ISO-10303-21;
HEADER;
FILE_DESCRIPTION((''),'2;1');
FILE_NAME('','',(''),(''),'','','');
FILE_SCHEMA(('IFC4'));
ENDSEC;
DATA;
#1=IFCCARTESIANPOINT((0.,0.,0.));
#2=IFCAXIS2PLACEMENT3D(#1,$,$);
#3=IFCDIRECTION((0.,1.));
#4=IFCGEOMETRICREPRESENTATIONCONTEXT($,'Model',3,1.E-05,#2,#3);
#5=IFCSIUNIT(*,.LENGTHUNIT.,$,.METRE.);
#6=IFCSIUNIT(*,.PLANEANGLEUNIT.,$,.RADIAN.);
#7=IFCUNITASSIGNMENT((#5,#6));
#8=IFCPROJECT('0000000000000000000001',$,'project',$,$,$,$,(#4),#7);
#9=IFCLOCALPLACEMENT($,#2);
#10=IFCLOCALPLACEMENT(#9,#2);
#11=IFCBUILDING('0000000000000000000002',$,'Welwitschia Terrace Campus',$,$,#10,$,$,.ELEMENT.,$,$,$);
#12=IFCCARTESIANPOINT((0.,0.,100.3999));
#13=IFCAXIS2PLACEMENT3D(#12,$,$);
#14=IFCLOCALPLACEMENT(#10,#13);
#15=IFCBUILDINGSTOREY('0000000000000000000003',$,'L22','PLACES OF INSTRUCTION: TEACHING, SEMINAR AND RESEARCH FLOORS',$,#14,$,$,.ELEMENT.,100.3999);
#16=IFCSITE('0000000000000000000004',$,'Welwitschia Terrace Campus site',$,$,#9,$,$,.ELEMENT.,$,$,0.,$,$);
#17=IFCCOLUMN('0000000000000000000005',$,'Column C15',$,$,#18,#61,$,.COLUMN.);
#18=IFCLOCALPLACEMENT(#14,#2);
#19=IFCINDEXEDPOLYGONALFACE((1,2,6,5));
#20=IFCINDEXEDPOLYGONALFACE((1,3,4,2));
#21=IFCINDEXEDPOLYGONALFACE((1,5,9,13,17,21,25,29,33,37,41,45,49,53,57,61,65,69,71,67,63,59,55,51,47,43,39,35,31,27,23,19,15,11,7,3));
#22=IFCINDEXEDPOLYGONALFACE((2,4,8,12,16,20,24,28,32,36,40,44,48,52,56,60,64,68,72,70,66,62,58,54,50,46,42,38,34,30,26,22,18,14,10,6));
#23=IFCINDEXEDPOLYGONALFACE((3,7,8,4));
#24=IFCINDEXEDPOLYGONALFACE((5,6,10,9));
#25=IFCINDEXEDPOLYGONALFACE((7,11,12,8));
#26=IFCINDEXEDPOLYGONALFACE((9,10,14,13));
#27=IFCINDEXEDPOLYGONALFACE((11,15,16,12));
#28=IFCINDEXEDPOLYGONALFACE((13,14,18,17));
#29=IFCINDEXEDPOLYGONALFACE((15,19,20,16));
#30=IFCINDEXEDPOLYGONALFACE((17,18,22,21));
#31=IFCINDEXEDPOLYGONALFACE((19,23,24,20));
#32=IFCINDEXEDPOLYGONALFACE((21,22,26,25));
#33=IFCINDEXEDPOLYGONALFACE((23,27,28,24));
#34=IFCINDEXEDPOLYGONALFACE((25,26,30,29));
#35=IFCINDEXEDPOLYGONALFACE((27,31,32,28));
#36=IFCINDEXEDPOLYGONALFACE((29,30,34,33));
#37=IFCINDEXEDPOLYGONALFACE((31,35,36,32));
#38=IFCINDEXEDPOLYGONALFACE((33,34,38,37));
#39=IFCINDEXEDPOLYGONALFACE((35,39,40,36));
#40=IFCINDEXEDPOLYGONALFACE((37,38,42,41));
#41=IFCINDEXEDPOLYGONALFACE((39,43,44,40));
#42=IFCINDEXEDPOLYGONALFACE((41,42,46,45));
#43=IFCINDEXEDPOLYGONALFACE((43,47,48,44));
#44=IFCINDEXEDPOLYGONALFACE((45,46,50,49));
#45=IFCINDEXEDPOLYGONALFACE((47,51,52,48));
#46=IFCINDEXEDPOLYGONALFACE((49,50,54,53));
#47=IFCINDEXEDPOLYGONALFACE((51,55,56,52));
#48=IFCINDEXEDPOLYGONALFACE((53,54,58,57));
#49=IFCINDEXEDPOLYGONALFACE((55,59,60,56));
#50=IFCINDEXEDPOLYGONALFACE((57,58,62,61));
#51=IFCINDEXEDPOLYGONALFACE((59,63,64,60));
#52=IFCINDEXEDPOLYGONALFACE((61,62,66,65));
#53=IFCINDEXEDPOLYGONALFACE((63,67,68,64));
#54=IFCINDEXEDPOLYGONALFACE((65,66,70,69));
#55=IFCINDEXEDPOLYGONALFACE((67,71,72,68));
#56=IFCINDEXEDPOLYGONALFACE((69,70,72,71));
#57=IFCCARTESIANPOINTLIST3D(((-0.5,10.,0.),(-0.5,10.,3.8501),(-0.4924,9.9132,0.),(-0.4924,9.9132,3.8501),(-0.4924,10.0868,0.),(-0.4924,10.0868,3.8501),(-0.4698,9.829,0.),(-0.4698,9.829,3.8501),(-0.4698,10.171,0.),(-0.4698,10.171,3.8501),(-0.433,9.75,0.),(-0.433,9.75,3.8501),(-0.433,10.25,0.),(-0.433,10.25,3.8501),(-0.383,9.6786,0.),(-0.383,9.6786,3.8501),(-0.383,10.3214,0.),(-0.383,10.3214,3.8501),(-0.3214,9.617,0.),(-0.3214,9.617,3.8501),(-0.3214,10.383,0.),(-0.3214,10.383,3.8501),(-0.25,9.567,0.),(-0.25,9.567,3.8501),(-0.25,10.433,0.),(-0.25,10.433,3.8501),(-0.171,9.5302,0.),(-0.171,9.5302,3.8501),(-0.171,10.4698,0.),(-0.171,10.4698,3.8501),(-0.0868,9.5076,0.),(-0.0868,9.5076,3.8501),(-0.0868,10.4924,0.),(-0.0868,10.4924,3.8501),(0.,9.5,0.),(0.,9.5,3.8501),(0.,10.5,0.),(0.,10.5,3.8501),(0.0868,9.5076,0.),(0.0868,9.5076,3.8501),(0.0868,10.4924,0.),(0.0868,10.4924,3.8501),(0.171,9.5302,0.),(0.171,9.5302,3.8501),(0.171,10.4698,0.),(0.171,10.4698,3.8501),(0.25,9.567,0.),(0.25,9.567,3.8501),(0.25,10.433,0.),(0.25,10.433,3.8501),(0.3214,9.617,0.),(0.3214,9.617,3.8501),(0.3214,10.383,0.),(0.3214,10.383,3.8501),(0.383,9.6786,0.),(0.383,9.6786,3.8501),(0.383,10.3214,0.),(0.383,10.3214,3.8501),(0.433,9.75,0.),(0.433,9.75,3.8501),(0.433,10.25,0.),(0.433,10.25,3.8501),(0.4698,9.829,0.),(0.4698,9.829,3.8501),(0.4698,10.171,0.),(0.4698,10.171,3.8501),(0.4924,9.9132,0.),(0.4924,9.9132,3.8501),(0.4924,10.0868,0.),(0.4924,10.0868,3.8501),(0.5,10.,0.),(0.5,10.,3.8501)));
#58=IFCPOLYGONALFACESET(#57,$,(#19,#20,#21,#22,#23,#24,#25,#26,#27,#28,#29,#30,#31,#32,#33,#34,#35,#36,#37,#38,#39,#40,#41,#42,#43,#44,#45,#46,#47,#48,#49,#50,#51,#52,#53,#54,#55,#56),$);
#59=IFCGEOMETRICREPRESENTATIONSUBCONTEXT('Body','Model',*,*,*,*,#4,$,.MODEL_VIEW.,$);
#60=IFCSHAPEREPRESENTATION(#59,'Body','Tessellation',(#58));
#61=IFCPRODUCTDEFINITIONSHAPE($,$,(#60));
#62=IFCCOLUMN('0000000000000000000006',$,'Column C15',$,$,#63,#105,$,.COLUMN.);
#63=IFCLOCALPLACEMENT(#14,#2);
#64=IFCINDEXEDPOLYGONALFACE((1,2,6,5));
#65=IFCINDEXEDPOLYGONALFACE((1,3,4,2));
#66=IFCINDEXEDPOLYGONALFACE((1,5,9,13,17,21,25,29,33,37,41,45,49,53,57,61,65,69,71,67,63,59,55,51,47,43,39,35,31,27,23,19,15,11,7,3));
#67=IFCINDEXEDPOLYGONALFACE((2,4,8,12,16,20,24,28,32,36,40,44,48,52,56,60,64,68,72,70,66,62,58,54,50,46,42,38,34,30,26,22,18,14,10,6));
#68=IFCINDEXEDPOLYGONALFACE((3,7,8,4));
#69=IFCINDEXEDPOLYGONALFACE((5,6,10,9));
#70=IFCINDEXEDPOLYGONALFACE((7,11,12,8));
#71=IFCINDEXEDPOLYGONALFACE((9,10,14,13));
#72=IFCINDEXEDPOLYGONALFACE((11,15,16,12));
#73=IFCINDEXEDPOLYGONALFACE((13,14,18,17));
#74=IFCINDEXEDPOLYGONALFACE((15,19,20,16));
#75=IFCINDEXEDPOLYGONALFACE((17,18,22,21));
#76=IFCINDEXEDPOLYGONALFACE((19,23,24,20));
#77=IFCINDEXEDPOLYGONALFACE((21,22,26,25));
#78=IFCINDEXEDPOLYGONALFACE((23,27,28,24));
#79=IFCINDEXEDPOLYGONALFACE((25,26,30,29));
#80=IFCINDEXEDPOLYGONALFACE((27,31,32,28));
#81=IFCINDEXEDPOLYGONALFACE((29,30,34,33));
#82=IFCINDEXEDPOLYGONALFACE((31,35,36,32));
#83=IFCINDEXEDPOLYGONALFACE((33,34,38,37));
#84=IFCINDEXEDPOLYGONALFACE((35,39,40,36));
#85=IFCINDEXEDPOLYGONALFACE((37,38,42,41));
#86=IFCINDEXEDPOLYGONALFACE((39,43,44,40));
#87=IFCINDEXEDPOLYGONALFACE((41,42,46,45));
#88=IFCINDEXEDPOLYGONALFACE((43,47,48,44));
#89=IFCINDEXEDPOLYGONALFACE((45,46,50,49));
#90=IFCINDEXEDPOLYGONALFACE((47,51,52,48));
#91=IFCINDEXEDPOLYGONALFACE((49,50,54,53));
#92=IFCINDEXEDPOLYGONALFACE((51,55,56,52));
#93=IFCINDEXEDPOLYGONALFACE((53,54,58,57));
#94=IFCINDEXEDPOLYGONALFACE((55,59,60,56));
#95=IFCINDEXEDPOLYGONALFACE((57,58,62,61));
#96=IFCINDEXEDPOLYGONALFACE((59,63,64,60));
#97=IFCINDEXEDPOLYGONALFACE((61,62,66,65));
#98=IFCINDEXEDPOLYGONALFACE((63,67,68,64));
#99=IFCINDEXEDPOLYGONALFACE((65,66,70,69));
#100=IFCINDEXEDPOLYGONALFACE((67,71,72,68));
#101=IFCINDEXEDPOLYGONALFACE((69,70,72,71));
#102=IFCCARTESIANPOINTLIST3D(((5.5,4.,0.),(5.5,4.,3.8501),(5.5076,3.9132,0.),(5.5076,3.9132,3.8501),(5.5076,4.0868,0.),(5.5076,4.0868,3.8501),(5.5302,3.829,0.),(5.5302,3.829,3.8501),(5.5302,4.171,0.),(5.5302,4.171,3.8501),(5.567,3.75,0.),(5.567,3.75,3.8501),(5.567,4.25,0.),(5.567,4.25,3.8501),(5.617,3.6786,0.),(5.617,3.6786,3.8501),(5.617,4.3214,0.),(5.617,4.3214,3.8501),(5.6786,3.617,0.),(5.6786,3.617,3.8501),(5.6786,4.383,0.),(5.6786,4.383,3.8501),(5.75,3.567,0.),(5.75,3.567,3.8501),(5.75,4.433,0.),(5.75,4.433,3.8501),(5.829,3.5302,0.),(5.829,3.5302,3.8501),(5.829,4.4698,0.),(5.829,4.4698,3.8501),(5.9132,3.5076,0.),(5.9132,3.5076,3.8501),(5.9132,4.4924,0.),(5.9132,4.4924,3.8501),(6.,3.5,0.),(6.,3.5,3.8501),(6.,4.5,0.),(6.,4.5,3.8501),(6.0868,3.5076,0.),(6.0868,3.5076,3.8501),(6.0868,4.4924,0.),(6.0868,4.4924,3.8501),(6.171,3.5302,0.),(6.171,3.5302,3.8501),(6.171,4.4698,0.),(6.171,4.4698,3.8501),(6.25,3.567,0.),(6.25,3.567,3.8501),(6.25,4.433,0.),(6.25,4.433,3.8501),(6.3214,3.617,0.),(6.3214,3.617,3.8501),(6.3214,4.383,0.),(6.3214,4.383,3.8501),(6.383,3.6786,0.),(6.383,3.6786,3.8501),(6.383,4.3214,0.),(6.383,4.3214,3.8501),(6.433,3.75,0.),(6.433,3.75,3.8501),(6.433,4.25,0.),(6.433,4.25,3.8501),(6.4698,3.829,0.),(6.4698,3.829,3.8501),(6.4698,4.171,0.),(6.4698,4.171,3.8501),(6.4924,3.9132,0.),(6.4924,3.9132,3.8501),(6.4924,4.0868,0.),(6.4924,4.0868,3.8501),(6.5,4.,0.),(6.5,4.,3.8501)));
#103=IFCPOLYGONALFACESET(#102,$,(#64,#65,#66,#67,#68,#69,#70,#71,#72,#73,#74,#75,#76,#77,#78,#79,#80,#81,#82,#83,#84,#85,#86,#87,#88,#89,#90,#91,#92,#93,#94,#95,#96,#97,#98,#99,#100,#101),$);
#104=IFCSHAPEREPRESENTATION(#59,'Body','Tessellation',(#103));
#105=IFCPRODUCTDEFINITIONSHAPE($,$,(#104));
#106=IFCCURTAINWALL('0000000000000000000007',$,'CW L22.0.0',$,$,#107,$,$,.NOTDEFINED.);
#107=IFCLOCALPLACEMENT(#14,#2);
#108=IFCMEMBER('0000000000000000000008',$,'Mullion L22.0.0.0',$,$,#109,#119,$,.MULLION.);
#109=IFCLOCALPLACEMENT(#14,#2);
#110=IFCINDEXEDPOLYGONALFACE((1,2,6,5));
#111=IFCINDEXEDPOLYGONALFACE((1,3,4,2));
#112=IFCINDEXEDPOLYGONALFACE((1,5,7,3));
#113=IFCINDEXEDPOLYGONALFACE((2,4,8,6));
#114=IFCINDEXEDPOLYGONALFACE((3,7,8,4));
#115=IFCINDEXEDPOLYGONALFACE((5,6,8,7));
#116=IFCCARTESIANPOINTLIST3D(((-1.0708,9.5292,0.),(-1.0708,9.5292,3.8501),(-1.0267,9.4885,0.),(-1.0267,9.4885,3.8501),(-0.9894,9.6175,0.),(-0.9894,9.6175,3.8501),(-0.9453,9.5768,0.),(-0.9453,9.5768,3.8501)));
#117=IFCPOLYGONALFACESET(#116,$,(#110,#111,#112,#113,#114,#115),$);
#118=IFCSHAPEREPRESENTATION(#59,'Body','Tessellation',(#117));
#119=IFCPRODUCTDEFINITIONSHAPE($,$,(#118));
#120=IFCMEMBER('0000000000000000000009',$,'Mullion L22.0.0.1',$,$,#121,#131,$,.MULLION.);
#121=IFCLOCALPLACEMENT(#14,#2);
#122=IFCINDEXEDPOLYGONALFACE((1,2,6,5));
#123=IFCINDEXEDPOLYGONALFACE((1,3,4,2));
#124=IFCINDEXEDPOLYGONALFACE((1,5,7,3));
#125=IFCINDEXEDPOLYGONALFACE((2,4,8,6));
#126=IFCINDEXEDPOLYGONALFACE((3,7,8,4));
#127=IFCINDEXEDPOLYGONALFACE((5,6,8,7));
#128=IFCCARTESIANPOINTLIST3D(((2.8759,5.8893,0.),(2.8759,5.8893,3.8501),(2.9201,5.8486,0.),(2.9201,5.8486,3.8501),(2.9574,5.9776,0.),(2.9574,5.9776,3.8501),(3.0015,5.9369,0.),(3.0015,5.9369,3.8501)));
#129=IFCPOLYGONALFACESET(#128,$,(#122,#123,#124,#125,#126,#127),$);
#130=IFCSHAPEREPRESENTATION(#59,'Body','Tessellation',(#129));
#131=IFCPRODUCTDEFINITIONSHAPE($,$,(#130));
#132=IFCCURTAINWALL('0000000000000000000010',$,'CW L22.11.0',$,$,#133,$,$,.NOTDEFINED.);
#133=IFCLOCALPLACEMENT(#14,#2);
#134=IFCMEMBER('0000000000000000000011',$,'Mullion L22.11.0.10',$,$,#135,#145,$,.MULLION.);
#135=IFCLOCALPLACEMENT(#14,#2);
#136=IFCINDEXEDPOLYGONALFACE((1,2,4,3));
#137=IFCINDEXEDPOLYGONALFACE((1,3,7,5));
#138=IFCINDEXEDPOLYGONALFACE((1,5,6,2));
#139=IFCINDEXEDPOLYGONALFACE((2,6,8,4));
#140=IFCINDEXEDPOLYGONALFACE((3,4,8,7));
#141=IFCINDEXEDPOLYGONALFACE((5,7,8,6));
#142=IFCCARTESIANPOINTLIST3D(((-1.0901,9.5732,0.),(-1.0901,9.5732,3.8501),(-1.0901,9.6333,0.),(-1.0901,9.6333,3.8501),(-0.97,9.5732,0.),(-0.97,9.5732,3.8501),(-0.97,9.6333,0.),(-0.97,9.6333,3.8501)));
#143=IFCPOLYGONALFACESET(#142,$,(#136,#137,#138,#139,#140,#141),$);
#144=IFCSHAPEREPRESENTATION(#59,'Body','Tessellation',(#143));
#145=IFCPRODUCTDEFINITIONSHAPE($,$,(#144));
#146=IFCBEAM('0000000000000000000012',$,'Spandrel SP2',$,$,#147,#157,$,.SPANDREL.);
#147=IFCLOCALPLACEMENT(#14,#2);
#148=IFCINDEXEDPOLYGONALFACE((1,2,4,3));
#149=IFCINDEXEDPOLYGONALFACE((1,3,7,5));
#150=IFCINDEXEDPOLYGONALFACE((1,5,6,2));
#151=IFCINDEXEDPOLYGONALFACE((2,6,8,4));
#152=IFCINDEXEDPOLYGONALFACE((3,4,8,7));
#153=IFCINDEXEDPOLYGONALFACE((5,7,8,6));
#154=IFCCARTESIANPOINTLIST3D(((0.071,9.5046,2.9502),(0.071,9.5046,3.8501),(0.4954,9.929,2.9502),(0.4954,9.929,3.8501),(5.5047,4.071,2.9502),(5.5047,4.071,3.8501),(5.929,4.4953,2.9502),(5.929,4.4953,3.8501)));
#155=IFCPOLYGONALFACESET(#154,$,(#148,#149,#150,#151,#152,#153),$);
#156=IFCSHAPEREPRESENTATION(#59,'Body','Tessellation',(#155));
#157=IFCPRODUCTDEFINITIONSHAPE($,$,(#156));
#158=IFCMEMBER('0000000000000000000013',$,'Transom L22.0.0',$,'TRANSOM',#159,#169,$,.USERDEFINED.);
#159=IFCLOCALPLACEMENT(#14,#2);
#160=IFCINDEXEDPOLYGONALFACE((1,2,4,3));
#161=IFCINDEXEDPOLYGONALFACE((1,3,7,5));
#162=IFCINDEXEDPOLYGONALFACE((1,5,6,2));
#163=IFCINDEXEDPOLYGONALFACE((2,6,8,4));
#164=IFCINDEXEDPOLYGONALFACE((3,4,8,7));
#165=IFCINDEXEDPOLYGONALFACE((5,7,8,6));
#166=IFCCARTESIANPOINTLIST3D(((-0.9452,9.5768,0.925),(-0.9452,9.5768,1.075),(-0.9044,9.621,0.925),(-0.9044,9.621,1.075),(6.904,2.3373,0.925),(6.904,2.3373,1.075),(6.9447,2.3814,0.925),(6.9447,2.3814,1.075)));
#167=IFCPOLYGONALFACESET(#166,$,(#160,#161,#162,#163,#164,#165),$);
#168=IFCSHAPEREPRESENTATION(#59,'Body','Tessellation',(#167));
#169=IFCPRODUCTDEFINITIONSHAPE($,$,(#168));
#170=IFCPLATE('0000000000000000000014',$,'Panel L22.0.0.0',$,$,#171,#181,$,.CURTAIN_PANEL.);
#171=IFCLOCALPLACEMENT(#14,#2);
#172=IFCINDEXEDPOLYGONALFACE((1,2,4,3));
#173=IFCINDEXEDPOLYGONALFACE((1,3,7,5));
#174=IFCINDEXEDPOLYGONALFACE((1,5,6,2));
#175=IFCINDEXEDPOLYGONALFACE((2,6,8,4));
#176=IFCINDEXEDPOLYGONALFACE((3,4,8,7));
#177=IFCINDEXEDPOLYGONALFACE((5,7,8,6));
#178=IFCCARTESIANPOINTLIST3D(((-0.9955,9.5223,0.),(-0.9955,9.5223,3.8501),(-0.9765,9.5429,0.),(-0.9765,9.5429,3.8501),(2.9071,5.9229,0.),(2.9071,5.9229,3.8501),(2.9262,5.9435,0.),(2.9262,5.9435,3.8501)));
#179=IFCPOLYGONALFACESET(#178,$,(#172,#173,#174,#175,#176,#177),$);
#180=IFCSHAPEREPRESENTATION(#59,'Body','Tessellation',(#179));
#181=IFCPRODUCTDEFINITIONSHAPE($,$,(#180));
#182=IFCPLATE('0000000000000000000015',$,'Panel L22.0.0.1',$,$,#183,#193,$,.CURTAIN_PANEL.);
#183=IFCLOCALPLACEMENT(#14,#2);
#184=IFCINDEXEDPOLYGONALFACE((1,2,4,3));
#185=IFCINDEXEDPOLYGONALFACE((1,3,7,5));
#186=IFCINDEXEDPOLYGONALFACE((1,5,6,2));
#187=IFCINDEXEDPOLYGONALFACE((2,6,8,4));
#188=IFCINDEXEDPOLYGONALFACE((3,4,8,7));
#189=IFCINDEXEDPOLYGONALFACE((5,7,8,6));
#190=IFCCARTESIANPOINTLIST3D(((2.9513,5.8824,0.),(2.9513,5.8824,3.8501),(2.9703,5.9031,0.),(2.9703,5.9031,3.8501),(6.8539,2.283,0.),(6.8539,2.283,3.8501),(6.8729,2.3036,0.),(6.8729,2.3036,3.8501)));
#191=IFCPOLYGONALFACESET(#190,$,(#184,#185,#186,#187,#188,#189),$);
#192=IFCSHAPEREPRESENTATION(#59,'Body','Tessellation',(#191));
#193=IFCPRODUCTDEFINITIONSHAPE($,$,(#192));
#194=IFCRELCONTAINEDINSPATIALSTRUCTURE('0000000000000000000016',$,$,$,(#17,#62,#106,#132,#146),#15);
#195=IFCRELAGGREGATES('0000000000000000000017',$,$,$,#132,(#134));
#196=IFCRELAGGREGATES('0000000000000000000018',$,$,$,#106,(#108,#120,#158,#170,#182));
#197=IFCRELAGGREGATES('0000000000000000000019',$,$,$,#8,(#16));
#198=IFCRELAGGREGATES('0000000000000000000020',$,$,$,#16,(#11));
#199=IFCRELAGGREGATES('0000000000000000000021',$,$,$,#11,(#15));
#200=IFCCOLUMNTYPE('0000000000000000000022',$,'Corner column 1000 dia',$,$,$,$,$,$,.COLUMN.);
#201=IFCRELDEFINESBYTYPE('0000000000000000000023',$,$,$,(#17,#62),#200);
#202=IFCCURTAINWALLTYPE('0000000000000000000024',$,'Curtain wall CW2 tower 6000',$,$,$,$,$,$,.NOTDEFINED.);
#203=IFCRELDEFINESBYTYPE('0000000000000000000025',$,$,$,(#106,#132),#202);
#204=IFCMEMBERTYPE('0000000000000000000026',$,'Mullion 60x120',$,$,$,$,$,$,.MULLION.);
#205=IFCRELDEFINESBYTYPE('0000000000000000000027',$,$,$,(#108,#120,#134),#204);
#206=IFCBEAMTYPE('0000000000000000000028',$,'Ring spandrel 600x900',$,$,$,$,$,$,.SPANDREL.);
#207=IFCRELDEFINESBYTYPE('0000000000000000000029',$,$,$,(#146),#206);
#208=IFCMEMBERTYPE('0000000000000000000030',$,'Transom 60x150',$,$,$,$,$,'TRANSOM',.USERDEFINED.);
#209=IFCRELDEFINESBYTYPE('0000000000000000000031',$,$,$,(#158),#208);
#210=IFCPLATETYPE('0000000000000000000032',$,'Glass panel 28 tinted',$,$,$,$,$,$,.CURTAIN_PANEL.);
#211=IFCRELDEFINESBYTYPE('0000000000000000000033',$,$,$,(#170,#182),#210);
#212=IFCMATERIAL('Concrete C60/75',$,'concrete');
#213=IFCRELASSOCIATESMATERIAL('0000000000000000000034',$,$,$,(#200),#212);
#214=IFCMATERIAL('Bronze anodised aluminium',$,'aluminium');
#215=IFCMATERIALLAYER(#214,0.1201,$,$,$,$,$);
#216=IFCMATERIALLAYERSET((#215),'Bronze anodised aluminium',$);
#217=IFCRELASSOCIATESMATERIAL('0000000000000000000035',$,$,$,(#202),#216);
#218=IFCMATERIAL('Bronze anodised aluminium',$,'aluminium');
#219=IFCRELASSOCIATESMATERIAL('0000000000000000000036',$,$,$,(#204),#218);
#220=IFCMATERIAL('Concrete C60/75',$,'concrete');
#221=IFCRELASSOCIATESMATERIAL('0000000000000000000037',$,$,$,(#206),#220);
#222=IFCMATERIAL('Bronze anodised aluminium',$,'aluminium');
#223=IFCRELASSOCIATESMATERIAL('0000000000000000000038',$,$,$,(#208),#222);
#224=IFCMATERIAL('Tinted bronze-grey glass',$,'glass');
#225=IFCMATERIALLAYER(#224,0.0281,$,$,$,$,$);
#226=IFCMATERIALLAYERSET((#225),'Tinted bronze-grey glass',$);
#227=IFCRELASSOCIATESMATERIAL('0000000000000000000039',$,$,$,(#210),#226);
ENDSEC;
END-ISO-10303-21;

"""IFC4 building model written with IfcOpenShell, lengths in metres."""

from ifc_helpers import new_model, si_unit, direction, frame, origin, origin_2d, place, context, subcontext, project, spatial, rectangle, circle, extrude, material, layer, layer_set, material_profile, profile_set, type_object, element, aggregate, save


model = new_model("IFC4")

# Units and contexts
model_context = context("Model", 3, precision=1e-05, world=origin(), true_north=direction((0.0, 1.0)))
body_context = subcontext(model_context, "Body", "Model", "MODEL_VIEW")
ifc_project = project(units=[si_unit("LENGTHUNIT", "METRE"), si_unit("PLANEANGLEUNIT", "RADIAN")], contexts=[model_context])

# Site, building, storey
site_placement = place(None, origin())
site = spatial("IfcSite", under=ifc_project, at=site_placement, Name="Welwitschia Terrace Campus site", CompositionType="ELEMENT", RefElevation=0.0)
building_placement = place(site_placement, origin())
building = spatial("IfcBuilding", under=site, at=building_placement, Name="Welwitschia Terrace Campus", CompositionType="ELEMENT")
storey_placement = place(building_placement, frame((0.0, 0.0, 100.3999)))
storey = spatial("IfcBuildingStorey", under=building, at=storey_placement, Name="L22", Description="PLACES OF INSTRUCTION: TEACHING, SEMINAR AND RESEARCH FLOORS", CompositionType="ELEMENT", Elevation=100.3999)

# Columns
ifc_material_1 = material(Name="Concrete C60/75", Category="concrete")
ifc_material_profile_1 = material_profile(ifc_material_1, circle(Radius=0.5, at=origin_2d()))
ifc_profile_set_1 = profile_set([ifc_material_profile_1], Name="Concrete C60/75")
column_type = type_object("IfcColumnType", Name="Corner column 1000 dia", PredefinedType="COLUMN", material=ifc_profile_set_1)
for number, where, z_axis, x_axis, name in (
    (1, (0.0, 10.0, 0.0), (0.0, 0.0, 1.0), (1.0, 0.0, 0.0), "Column C15"),
    (2, (6.0, 4.0, 0.0), (0.0, 0.0, 1.0), (1.0, 0.0, 0.0), "Column C15"),
):
    element("IfcColumn", number, at=place(storey_placement, frame(where, z_axis=z_axis, x_axis=x_axis)), inside=storey, type_object=column_type, Name=name, PredefinedType="COLUMN", context=body_context, shape_type="SweptSolid", body=[
        extrude(circle(Radius=0.5, at=origin_2d()), origin(), (0.0, 0.0, 1.0), 3.8501),
    ])

# Curtain wall, members
ifc_material_2 = material(Name="Bronze anodised aluminium", Category="aluminium")
ifc_layer_1 = layer(ifc_material_2, 0.1201)
ifc_layer_set_1 = layer_set([ifc_layer_1], Name="Bronze anodised aluminium")
curtain_wall_type = type_object("IfcCurtainWallType", Name="Curtain wall CW2 tower 6000", PredefinedType="NOTDEFINED", material=ifc_layer_set_1)
curtain_wall_1_placement = place(storey_placement, origin())
curtain_wall_1 = element("IfcCurtainWall", 3, at=curtain_wall_1_placement, inside=storey, type_object=curtain_wall_type, Name="CW L22.0.0", PredefinedType="NOTDEFINED")
ifc_material_3 = material(Name="Bronze anodised aluminium", Category="aluminium")
ifc_material_profile_2 = material_profile(ifc_material_3, rectangle(XDim=0.1201, YDim=0.0601, at=origin_2d()))
ifc_profile_set_2 = profile_set([ifc_material_profile_2], Name="Bronze anodised aluminium")
member_type_1 = type_object("IfcMemberType", Name="Mullion 60x120", PredefinedType="MULLION", material=ifc_profile_set_2)
member_1_placement = place(storey_placement, frame((-1.0081, 9.553, 0.0), z_axis=(0.0, 0.0, 1.0), x_axis=(0.677976, 0.735084, 0.0)))
member_1 = element("IfcMember", 4, at=member_1_placement, type_object=member_type_1, Name="Mullion L22.0.0.0", PredefinedType="MULLION", context=body_context, shape_type="SweptSolid", body=[
    extrude(rectangle(XDim=0.1201, YDim=0.0601, at=origin_2d()), origin(), (0.0, 0.0, 1.0), 3.8501),
])
member_2_placement = place(storey_placement, frame((2.9387, 5.9131, 0.0), z_axis=(0.0, 0.0, 1.0), x_axis=(0.677976, 0.735084, 0.0)))
member_2 = element("IfcMember", 5, at=member_2_placement, type_object=member_type_1, Name="Mullion L22.0.0.1", PredefinedType="MULLION", context=body_context, shape_type="SweptSolid", body=[
    extrude(rectangle(XDim=0.1201, YDim=0.0601, at=origin_2d()), origin(), (0.0, 0.0, 1.0), 3.8501),
])

# Curtain wall, member
curtain_wall_2_placement = place(storey_placement, origin())
curtain_wall_2 = element("IfcCurtainWall", 6, at=curtain_wall_2_placement, inside=storey, type_object=curtain_wall_type, Name="CW L22.11.0", PredefinedType="NOTDEFINED")
member_3_placement = place(storey_placement, frame((-1.03, 9.6033, 0.0), z_axis=(0.0, 0.0, 1.0), x_axis=(1.0, 0.0, 0.0)))
member_3 = element("IfcMember", 7, at=member_3_placement, type_object=member_type_1, Name="Mullion L22.11.0.10", PredefinedType="MULLION", context=body_context, shape_type="SweptSolid", body=[
    extrude(rectangle(XDim=0.1201, YDim=0.0601, at=origin_2d()), origin(), (0.0, 0.0, 1.0), 3.8501),
])
aggregate(curtain_wall_2, [member_3])

# Beam
ifc_material_4 = material(Name="Concrete C60/75", Category="concrete")
ifc_material_profile_3 = material_profile(ifc_material_4, rectangle(XDim=0.6001, YDim=0.8999, at=origin_2d()))
ifc_profile_set_3 = profile_set([ifc_material_profile_3], Name="Concrete C60/75")
beam_type = type_object("IfcBeamType", Name="Ring spandrel 600x900", PredefinedType="SPANDREL", material=ifc_profile_set_3)
beam_placement = place(storey_placement, frame((0.2832, 9.7168, 3.4001), z_axis=(0.707107, -0.707107, 0.0), x_axis=(0.707107, 0.707107, 0.0)))
element("IfcBeam", 8, at=beam_placement, inside=storey, type_object=beam_type, Name="Spandrel SP2", PredefinedType="SPANDREL", context=body_context, shape_type="SweptSolid", body=[
    extrude(rectangle(XDim=0.6001, YDim=0.8999, at=origin_2d()), origin(), (0.0, 0.0, 1.0), 7.6843),
])

# Member
ifc_material_5 = material(Name="Bronze anodised aluminium", Category="aluminium")
ifc_material_profile_4 = material_profile(ifc_material_5, rectangle(XDim=0.0601, YDim=0.1499, at=origin_2d()))
ifc_profile_set_4 = profile_set([ifc_material_profile_4], Name="Bronze anodised aluminium")
member_type_2 = type_object("IfcMemberType", Name="Transom 60x150", ElementType="TRANSOM", PredefinedType="USERDEFINED", material=ifc_profile_set_4)
member_4_placement = place(storey_placement, frame((-0.9248, 9.5989, 1.0), z_axis=(0.735076, -0.677985, 0.0), x_axis=(0.677985, 0.735076, 0.0)))
member_4 = element("IfcMember", 9, at=member_4_placement, type_object=member_type_2, Name="Transom L22.0.0", ObjectType="TRANSOM", PredefinedType="USERDEFINED", context=body_context, shape_type="SweptSolid", body=[
    extrude(rectangle(XDim=0.0601, YDim=0.1499, at=origin_2d()), origin(), (0.0, 0.0, 1.0), 10.678),
])

# Plates
ifc_material_6 = material(Name="Tinted bronze-grey glass", Category="glass")
ifc_layer_2 = layer(ifc_material_6, 0.0281)
ifc_layer_set_2 = layer_set([ifc_layer_2], Name="Tinted bronze-grey glass")
plate_type = type_object("IfcPlateType", Name="Glass panel 28 tinted", PredefinedType="CURTAIN_PANEL", material=ifc_layer_set_2)
plate_1_placement = place(storey_placement, frame((0.9653, 7.7329, 0.0), z_axis=(0.0, 0.0, 1.0), x_axis=(0.735084, -0.677976, 0.0)))
plate_1 = element("IfcPlate", 10, at=plate_1_placement, type_object=plate_type, Name="Panel L22.0.0.0", PredefinedType="CURTAIN_PANEL", context=body_context, shape_type="SweptSolid", body=[
    extrude(rectangle(XDim=5.3091, YDim=0.0281, at=origin_2d()), origin(), (0.0, 0.0, 1.0), 3.8501),
])
plate_2_placement = place(storey_placement, frame((4.9121, 4.093, 0.0), z_axis=(0.0, 0.0, 1.0), x_axis=(0.735084, -0.677976, 0.0)))
plate_2 = element("IfcPlate", 11, at=plate_2_placement, type_object=plate_type, Name="Panel L22.0.0.1", PredefinedType="CURTAIN_PANEL", context=body_context, shape_type="SweptSolid", body=[
    extrude(rectangle(XDim=5.3091, YDim=0.0281, at=origin_2d()), origin(), (0.0, 0.0, 1.0), 3.8501),
])
aggregate(curtain_wall_1, [member_1, member_2, member_4, plate_1, plate_2])

save(model, "model.ifc")
